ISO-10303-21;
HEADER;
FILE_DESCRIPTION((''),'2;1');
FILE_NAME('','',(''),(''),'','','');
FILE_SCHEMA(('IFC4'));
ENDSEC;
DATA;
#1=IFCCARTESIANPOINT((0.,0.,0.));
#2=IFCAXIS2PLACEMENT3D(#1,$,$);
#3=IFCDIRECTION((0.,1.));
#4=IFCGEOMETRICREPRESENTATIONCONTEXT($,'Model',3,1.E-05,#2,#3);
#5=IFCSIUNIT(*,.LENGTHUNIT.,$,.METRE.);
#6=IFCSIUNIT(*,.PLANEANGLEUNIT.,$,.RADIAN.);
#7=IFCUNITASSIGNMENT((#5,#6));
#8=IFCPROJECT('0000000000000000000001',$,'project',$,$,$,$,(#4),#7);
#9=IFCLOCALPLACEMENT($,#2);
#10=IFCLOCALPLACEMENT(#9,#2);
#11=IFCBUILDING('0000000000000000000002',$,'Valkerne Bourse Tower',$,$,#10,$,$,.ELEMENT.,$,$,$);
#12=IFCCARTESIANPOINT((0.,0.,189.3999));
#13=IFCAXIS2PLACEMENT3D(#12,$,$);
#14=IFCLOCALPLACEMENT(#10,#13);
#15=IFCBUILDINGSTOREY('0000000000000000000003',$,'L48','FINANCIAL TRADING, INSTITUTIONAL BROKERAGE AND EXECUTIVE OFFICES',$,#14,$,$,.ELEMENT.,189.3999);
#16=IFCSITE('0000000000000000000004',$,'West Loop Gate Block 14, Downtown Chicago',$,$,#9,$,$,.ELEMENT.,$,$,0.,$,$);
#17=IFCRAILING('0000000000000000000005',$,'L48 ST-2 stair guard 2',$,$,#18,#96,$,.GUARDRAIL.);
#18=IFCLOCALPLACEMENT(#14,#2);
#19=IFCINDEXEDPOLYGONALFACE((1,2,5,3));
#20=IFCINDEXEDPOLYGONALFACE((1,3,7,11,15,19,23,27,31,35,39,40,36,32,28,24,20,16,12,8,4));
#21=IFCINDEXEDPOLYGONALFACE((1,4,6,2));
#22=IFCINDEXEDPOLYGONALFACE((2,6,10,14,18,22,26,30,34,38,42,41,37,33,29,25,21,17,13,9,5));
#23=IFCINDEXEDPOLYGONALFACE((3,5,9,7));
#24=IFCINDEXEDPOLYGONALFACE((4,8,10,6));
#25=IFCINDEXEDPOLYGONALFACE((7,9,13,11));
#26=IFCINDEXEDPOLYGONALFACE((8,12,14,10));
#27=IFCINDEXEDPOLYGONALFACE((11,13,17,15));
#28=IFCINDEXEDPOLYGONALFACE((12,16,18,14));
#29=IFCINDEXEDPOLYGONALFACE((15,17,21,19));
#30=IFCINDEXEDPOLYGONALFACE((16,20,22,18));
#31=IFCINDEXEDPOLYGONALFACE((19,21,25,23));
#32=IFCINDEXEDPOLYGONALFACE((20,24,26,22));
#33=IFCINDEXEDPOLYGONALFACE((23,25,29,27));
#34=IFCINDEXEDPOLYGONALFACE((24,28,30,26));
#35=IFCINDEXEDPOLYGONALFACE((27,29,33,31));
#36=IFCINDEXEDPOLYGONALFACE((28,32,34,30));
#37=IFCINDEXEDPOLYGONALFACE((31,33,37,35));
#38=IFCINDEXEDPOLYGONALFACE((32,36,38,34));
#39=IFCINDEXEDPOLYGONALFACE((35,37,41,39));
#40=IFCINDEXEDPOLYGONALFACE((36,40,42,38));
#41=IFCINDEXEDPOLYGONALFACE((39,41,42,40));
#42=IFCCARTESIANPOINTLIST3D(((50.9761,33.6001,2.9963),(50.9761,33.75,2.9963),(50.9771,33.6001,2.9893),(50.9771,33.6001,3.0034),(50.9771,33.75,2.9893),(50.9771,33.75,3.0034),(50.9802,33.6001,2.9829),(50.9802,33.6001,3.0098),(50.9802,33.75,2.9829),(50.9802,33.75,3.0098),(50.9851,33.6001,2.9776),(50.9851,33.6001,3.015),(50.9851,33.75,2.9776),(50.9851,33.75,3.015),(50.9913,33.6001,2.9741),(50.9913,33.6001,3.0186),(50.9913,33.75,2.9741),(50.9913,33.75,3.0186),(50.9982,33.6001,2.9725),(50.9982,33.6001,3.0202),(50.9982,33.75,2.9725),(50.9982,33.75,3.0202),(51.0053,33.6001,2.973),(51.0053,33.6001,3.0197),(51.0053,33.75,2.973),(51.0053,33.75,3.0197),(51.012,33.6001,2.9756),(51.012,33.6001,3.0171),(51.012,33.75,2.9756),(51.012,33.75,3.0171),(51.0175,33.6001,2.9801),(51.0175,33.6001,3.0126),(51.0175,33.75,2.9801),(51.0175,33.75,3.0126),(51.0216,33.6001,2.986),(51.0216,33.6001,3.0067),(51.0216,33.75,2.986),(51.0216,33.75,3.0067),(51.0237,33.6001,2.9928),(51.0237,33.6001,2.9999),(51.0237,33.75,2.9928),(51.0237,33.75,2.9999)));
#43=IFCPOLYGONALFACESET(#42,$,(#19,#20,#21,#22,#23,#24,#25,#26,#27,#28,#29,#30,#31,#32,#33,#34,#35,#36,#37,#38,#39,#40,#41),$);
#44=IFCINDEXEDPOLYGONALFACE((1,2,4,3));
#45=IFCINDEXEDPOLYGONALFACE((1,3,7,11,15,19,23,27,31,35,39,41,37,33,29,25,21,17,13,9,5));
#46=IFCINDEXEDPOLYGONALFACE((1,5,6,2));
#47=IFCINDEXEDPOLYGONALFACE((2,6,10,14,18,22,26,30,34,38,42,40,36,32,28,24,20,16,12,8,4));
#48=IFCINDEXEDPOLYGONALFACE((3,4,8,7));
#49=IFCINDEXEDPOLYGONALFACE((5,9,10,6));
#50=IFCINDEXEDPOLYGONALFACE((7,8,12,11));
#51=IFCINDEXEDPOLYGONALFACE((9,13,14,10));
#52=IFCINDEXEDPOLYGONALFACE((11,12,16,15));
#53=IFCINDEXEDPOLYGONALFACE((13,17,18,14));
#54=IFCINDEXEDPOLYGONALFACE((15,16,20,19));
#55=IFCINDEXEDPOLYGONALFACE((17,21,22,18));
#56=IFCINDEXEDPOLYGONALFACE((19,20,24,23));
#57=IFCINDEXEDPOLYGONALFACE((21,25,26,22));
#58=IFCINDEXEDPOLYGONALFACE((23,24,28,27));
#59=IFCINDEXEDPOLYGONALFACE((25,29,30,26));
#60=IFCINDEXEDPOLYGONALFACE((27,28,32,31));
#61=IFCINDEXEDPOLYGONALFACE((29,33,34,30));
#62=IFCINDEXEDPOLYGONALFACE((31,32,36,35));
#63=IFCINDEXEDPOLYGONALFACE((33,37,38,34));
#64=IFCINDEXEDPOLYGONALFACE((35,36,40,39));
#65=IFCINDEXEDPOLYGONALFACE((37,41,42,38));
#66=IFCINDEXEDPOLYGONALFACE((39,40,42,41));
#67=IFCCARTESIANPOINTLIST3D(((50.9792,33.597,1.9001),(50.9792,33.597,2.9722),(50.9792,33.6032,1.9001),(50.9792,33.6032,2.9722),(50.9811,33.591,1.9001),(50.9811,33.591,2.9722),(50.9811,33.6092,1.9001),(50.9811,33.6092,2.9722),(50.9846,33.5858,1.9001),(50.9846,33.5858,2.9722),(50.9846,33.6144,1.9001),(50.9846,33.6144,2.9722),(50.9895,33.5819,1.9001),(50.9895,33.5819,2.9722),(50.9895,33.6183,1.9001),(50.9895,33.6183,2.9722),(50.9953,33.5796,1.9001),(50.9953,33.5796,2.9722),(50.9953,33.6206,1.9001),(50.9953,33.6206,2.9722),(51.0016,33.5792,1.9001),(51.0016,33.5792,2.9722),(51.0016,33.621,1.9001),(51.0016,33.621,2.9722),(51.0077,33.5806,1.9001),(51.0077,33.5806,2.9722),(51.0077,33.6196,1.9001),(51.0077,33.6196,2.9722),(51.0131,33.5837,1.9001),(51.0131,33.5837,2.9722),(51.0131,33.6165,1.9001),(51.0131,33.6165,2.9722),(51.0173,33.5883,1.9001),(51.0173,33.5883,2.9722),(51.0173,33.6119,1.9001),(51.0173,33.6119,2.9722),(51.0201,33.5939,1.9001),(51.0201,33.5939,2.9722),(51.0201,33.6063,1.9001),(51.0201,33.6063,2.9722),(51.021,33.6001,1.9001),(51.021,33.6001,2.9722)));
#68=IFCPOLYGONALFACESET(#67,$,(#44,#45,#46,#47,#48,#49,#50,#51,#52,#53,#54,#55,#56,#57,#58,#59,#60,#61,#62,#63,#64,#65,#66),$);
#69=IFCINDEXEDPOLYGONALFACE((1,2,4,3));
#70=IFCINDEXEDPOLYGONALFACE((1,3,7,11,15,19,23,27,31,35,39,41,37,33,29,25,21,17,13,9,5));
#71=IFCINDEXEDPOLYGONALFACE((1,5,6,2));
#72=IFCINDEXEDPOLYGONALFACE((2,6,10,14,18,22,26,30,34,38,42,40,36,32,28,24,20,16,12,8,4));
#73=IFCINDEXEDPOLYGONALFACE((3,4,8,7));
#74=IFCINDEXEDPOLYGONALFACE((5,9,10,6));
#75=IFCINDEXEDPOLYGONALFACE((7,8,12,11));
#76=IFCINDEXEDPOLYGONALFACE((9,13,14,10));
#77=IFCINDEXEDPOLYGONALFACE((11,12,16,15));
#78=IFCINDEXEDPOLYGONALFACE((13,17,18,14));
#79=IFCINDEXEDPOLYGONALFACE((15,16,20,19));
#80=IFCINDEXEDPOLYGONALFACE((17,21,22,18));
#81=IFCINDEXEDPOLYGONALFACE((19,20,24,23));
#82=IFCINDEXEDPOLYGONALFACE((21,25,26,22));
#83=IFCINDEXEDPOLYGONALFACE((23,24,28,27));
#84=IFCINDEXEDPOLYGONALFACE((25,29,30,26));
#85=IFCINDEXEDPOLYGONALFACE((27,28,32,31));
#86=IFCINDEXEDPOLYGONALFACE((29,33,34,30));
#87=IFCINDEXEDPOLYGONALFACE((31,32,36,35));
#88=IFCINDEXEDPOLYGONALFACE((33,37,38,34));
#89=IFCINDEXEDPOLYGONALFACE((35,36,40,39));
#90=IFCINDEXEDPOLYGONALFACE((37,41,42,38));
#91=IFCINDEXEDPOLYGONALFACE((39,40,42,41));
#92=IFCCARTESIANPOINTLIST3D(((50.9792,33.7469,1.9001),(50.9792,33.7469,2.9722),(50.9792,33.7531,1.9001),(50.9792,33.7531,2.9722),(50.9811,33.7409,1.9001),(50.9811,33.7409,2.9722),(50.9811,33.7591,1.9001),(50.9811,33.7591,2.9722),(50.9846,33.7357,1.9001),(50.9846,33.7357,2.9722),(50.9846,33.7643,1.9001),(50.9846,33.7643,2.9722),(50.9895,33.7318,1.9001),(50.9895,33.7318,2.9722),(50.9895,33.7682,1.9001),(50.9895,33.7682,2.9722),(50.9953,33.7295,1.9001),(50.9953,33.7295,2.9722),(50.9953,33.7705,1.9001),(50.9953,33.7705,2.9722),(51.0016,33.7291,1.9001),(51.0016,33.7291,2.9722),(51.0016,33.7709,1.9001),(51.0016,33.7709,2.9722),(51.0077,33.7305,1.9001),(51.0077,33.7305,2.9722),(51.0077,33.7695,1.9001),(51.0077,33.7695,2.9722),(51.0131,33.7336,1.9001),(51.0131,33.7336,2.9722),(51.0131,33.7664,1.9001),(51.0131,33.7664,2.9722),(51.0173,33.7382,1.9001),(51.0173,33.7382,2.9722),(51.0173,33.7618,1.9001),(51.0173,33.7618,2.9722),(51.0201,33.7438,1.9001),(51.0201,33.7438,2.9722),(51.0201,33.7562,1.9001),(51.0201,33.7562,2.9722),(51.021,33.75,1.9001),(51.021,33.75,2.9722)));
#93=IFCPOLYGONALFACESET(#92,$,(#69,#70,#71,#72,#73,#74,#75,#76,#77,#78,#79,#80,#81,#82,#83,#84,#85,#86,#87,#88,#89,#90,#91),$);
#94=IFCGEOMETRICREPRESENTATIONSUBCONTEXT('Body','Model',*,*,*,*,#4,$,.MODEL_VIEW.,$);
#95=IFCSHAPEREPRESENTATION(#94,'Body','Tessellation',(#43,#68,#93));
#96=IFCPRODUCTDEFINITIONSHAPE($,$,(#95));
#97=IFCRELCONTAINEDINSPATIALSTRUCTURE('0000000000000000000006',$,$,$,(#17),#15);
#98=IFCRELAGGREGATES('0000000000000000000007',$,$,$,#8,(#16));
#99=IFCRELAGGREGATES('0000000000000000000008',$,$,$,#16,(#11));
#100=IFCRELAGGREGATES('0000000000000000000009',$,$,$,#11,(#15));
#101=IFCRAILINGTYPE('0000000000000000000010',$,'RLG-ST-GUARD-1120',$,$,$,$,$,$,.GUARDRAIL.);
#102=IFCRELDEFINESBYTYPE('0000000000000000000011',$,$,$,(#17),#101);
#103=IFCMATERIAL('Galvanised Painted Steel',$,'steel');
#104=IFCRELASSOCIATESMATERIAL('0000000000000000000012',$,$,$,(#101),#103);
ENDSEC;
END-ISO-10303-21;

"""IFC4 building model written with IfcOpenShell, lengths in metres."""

from ifc_helpers import new_model, si_unit, direction, frame, origin, origin_2d, place, context, subcontext, project, spatial, circle, extrude, material, type_object, element, save


model = new_model("IFC4")

# Units and contexts
model_context = context("Model", 3, precision=1e-05, world=origin(), true_north=direction((0.0, 1.0)))
body_context = subcontext(model_context, "Body", "Model", "MODEL_VIEW")
ifc_project = project(units=[si_unit("LENGTHUNIT", "METRE"), si_unit("PLANEANGLEUNIT", "RADIAN")], contexts=[model_context])

# Site, building, storey
site_placement = place(None, origin())
site = spatial("IfcSite", under=ifc_project, at=site_placement, Name="West Loop Gate Block 14, Downtown Chicago", CompositionType="ELEMENT", RefElevation=0.0)
building_placement = place(site_placement, origin())
building = spatial("IfcBuilding", under=site, at=building_placement, Name="Valkerne Bourse Tower", CompositionType="ELEMENT")
storey_placement = place(building_placement, frame((0.0, 0.0, 189.3999)))
storey = spatial("IfcBuildingStorey", under=building, at=storey_placement, Name="L48", Description="FINANCIAL TRADING, INSTITUTIONAL BROKERAGE AND EXECUTIVE OFFICES", CompositionType="ELEMENT", Elevation=189.3999)

# Shared definitions
ifc_material_1 = material(Name="Galvanised Painted Steel", Category="steel")

# Railing
railing_type_1 = type_object("IfcRailingType", Name="RLG-ST-GUARD-1120", PredefinedType="GUARDRAIL", material=ifc_material_1)
railing_1_placement = place(storey_placement, frame((51.0, 33.6001, 1.9001)))
element("IfcRailing", 1, at=railing_1_placement, inside=storey, type_object=railing_type_1, Name="L48 ST-2 stair guard 2", PredefinedType="GUARDRAIL", context=body_context, shape_type="SweptSolid", body=[
    extrude(circle(Radius=0.0239, at=origin_2d()), frame((0.0, 0.0, 1.0962), z_axis=(0.0, 1.0, 0.0), x_axis=(-1.0, 0.0, 0.0)), (0.0, 0.0, 1.0), 0.1499),
    extrude(circle(Radius=0.021, at=origin_2d()), origin(), (0.0, 0.0, 1.0), 1.072),
    extrude(circle(Radius=0.021, at=origin_2d()), frame((0.0, 0.1499, 0.0)), (0.0, 0.0, 1.0), 1.072),
])

save(model, "model.ifc")
